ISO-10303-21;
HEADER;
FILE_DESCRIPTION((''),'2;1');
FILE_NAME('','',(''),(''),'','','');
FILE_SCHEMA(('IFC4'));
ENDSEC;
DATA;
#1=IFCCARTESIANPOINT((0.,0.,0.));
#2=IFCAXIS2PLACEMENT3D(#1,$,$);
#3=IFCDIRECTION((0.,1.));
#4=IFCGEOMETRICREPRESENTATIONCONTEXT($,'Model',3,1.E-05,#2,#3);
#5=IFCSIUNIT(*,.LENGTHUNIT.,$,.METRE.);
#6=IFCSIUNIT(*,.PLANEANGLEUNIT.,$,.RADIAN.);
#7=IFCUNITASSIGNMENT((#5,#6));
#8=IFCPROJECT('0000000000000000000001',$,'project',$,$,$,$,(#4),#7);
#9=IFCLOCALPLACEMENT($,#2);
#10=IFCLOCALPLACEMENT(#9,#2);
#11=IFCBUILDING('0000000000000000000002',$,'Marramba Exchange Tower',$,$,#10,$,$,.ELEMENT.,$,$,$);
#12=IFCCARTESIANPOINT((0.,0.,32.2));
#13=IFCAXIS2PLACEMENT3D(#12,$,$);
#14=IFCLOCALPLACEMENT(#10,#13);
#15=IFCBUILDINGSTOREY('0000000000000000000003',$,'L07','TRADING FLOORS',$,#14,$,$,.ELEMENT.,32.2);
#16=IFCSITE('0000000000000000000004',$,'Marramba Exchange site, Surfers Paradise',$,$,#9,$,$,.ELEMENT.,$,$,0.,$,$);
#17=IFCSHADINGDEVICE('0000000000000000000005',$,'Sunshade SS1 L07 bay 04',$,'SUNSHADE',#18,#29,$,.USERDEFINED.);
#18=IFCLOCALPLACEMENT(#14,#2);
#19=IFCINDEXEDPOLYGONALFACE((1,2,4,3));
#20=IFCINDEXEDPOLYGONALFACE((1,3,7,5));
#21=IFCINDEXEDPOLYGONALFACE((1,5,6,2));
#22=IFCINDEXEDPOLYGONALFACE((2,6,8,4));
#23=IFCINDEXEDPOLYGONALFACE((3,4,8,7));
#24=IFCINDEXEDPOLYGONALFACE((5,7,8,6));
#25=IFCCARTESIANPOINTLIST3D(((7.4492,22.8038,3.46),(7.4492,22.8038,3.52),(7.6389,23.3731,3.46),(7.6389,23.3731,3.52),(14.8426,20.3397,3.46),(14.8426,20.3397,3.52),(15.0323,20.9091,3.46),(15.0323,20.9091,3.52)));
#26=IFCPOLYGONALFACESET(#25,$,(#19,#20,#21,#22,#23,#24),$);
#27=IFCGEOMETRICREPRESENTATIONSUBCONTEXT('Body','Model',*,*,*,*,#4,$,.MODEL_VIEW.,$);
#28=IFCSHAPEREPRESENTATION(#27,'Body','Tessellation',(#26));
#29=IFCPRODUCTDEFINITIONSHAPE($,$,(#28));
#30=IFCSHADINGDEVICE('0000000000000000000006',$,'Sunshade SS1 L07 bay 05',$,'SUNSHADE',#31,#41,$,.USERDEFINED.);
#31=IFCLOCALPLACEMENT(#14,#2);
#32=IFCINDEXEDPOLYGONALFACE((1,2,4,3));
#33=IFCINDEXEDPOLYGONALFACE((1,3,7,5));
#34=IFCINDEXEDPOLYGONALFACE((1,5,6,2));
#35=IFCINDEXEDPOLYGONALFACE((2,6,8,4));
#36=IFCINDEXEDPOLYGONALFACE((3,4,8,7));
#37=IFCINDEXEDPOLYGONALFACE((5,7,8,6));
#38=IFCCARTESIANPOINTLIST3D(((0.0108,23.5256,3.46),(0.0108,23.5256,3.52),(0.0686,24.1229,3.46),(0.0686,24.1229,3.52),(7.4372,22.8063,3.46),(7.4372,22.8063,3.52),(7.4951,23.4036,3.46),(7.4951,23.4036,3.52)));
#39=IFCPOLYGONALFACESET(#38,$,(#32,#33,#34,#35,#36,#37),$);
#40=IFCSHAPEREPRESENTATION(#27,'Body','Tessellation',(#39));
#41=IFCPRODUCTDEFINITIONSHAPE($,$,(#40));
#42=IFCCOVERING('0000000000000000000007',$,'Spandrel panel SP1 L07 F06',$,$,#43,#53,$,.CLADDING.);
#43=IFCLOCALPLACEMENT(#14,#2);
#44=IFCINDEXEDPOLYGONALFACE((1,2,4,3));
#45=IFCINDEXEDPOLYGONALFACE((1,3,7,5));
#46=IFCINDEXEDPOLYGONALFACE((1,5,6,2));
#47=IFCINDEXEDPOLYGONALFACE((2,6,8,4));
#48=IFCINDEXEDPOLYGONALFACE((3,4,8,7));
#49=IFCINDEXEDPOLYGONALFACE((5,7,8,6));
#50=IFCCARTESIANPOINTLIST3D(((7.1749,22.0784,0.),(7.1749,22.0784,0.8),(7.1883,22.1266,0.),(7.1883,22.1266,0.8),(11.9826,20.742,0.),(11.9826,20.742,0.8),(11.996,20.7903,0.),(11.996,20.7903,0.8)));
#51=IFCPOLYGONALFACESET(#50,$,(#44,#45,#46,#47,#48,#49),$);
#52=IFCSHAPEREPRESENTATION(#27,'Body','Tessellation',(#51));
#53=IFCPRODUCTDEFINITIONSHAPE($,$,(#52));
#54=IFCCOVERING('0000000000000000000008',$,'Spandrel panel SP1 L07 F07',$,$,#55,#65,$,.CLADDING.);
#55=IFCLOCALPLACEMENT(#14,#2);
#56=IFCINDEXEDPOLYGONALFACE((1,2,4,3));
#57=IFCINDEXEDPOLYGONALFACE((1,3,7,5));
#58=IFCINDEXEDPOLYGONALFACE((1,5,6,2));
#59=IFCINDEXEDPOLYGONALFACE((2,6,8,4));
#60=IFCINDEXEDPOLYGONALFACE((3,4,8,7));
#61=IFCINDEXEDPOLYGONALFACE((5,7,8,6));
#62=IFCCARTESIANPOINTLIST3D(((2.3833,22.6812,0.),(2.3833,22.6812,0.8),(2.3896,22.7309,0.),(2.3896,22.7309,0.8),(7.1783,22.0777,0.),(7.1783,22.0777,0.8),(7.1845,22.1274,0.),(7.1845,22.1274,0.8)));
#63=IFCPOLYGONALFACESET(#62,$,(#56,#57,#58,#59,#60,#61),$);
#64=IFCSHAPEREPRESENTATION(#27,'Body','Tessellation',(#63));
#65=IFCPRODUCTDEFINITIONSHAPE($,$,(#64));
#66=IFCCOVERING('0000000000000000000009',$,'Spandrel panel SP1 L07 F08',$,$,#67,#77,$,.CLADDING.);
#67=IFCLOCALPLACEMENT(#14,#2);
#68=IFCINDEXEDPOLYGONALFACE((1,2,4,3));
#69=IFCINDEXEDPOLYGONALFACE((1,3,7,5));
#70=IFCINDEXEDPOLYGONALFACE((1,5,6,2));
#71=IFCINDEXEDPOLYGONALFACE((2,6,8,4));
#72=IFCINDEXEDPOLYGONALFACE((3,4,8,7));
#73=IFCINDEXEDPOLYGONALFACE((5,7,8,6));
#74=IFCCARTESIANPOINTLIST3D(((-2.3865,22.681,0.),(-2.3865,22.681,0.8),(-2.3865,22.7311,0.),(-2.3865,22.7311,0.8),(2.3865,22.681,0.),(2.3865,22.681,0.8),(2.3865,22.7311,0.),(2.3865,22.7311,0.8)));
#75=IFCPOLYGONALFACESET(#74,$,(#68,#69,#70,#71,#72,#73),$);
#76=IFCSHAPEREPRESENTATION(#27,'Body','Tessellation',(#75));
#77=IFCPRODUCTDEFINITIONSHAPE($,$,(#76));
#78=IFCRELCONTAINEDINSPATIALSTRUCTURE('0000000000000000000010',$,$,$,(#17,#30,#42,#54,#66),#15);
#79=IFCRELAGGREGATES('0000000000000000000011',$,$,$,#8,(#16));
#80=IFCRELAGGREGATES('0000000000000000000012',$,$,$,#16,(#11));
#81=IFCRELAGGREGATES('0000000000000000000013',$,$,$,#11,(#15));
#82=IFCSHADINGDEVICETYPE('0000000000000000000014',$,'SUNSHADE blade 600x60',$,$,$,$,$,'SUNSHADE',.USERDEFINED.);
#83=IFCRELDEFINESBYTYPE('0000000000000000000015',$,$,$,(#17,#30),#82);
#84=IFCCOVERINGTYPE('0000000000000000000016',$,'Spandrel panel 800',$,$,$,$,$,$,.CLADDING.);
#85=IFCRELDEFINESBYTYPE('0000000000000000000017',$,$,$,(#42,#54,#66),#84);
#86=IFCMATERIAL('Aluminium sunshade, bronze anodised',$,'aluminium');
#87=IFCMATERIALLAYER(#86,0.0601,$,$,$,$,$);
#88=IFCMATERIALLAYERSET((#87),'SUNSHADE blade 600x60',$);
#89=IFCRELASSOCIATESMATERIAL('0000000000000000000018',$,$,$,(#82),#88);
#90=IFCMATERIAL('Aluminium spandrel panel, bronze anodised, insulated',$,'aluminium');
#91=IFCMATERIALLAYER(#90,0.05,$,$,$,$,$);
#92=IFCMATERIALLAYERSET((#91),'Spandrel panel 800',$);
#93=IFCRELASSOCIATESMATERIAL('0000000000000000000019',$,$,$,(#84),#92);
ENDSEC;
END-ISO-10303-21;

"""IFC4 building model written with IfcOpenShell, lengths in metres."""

from ifc_helpers import new_model, si_unit, direction, frame, origin, origin_2d, place, context, subcontext, project, spatial, rectangle, extrude, material, layer, layer_set, type_object, element, save


model = new_model("IFC4")

# Units and contexts
model_context = context("Model", 3, precision=1e-05, world=origin(), true_north=direction((0.0, 1.0)))
body_context = subcontext(model_context, "Body", "Model", "MODEL_VIEW")
ifc_project = project(units=[si_unit("LENGTHUNIT", "METRE"), si_unit("PLANEANGLEUNIT", "RADIAN")], contexts=[model_context])

# Site, building, storey
site_placement = place(None, origin())
site = spatial("IfcSite", under=ifc_project, at=site_placement, Name="Marramba Exchange site, Surfers Paradise", CompositionType="ELEMENT", RefElevation=0.0)
building_placement = place(site_placement, origin())
building = spatial("IfcBuilding", under=site, at=building_placement, Name="Marramba Exchange Tower", CompositionType="ELEMENT")
storey_placement = place(building_placement, frame((0.0, 0.0, 32.2)))
storey = spatial("IfcBuildingStorey", under=building, at=storey_placement, Name="L07", Description="TRADING FLOORS", CompositionType="ELEMENT", Elevation=32.2)

# Shading devices
ifc_material_1 = material(Name="Aluminium sunshade, bronze anodised", Category="aluminium")
ifc_layer_1 = layer(ifc_material_1, 0.0601)
ifc_layer_set_1 = layer_set([ifc_layer_1], Name="SUNSHADE blade 600x60")
shading_device_type_1 = type_object("IfcShadingDeviceType", Name="SUNSHADE blade 600x60", ElementType="SUNSHADE", PredefinedType="USERDEFINED", material=ifc_layer_set_1)
shading_device_1_placement = place(storey_placement, frame((11.2407, 21.8564, 3.46), z_axis=(0.0, 0.0, 1.0), x_axis=(-0.948698, 0.316184, 0.0)))
element("IfcShadingDevice", 1, at=shading_device_1_placement, inside=storey, type_object=shading_device_type_1, Name="Sunshade SS1 L07 bay 04", ObjectType="SUNSHADE", PredefinedType="USERDEFINED", context=body_context, shape_type="SweptSolid", body=[
    extrude(rectangle(XDim=7.7932, YDim=0.6001, at=origin_2d()), origin(), (0.0, 0.0, 1.0), 0.0601),
])
shading_device_2_placement = place(storey_placement, frame((3.7529, 23.4646, 3.46), z_axis=(0.0, 0.0, 1.0), x_axis=(-0.995343, 0.096398, 0.0)))
element("IfcShadingDevice", 2, at=shading_device_2_placement, inside=storey, type_object=shading_device_type_1, Name="Sunshade SS1 L07 bay 05", ObjectType="SUNSHADE", PredefinedType="USERDEFINED", context=body_context, shape_type="SweptSolid", body=[
    extrude(rectangle(XDim=7.4612, YDim=0.6001, at=origin_2d()), origin(), (0.0, 0.0, 1.0), 0.0601),
])

# Coverings
ifc_material_2 = material(Name="Aluminium spandrel panel, bronze anodised, insulated", Category="aluminium")
ifc_layer_2 = layer(ifc_material_2, 0.05)
ifc_layer_set_2 = layer_set([ifc_layer_2], Name="Spandrel panel 800")
covering_type = type_object("IfcCoveringType", Name="Spandrel panel 800", PredefinedType="CLADDING", material=ifc_layer_set_2)
covering_1_placement = place(storey_placement, frame((9.5854, 21.4343, 0.0), z_axis=(0.0, 0.0, 1.0), x_axis=(-0.963472, 0.267809, 0.0)))
element("IfcCovering", 3, at=covering_1_placement, inside=storey, type_object=covering_type, Name="Spandrel panel SP1 L07 F06", PredefinedType="CLADDING", context=body_context, shape_type="SweptSolid", body=[
    extrude(rectangle(XDim=4.99, YDim=0.05, at=origin_2d()), origin(), (0.0, 0.0, 1.0), 0.8),
])
covering_2_placement = place(storey_placement, frame((4.7839, 22.4043, 0.0), z_axis=(0.0, 0.0, 1.0), x_axis=(-0.992173, 0.124873, 0.0)))
element("IfcCovering", 4, at=covering_2_placement, inside=storey, type_object=covering_type, Name="Spandrel panel SP1 L07 F07", PredefinedType="CLADDING", context=body_context, shape_type="SweptSolid", body=[
    extrude(rectangle(XDim=4.8328, YDim=0.05, at=origin_2d()), origin(), (0.0, 0.0, 1.0), 0.8),
])
covering_3_placement = place(storey_placement, frame((0.0, 22.7061, 0.0), z_axis=(0.0, 0.0, 1.0), x_axis=(-1.0, 0.0, 0.0)))
element("IfcCovering", 5, at=covering_3_placement, inside=storey, type_object=covering_type, Name="Spandrel panel SP1 L07 F08", PredefinedType="CLADDING", context=body_context, shape_type="SweptSolid", body=[
    extrude(rectangle(XDim=4.7729, YDim=0.05, at=origin_2d()), origin(), (0.0, 0.0, 1.0), 0.8),
])

save(model, "model.ifc")
